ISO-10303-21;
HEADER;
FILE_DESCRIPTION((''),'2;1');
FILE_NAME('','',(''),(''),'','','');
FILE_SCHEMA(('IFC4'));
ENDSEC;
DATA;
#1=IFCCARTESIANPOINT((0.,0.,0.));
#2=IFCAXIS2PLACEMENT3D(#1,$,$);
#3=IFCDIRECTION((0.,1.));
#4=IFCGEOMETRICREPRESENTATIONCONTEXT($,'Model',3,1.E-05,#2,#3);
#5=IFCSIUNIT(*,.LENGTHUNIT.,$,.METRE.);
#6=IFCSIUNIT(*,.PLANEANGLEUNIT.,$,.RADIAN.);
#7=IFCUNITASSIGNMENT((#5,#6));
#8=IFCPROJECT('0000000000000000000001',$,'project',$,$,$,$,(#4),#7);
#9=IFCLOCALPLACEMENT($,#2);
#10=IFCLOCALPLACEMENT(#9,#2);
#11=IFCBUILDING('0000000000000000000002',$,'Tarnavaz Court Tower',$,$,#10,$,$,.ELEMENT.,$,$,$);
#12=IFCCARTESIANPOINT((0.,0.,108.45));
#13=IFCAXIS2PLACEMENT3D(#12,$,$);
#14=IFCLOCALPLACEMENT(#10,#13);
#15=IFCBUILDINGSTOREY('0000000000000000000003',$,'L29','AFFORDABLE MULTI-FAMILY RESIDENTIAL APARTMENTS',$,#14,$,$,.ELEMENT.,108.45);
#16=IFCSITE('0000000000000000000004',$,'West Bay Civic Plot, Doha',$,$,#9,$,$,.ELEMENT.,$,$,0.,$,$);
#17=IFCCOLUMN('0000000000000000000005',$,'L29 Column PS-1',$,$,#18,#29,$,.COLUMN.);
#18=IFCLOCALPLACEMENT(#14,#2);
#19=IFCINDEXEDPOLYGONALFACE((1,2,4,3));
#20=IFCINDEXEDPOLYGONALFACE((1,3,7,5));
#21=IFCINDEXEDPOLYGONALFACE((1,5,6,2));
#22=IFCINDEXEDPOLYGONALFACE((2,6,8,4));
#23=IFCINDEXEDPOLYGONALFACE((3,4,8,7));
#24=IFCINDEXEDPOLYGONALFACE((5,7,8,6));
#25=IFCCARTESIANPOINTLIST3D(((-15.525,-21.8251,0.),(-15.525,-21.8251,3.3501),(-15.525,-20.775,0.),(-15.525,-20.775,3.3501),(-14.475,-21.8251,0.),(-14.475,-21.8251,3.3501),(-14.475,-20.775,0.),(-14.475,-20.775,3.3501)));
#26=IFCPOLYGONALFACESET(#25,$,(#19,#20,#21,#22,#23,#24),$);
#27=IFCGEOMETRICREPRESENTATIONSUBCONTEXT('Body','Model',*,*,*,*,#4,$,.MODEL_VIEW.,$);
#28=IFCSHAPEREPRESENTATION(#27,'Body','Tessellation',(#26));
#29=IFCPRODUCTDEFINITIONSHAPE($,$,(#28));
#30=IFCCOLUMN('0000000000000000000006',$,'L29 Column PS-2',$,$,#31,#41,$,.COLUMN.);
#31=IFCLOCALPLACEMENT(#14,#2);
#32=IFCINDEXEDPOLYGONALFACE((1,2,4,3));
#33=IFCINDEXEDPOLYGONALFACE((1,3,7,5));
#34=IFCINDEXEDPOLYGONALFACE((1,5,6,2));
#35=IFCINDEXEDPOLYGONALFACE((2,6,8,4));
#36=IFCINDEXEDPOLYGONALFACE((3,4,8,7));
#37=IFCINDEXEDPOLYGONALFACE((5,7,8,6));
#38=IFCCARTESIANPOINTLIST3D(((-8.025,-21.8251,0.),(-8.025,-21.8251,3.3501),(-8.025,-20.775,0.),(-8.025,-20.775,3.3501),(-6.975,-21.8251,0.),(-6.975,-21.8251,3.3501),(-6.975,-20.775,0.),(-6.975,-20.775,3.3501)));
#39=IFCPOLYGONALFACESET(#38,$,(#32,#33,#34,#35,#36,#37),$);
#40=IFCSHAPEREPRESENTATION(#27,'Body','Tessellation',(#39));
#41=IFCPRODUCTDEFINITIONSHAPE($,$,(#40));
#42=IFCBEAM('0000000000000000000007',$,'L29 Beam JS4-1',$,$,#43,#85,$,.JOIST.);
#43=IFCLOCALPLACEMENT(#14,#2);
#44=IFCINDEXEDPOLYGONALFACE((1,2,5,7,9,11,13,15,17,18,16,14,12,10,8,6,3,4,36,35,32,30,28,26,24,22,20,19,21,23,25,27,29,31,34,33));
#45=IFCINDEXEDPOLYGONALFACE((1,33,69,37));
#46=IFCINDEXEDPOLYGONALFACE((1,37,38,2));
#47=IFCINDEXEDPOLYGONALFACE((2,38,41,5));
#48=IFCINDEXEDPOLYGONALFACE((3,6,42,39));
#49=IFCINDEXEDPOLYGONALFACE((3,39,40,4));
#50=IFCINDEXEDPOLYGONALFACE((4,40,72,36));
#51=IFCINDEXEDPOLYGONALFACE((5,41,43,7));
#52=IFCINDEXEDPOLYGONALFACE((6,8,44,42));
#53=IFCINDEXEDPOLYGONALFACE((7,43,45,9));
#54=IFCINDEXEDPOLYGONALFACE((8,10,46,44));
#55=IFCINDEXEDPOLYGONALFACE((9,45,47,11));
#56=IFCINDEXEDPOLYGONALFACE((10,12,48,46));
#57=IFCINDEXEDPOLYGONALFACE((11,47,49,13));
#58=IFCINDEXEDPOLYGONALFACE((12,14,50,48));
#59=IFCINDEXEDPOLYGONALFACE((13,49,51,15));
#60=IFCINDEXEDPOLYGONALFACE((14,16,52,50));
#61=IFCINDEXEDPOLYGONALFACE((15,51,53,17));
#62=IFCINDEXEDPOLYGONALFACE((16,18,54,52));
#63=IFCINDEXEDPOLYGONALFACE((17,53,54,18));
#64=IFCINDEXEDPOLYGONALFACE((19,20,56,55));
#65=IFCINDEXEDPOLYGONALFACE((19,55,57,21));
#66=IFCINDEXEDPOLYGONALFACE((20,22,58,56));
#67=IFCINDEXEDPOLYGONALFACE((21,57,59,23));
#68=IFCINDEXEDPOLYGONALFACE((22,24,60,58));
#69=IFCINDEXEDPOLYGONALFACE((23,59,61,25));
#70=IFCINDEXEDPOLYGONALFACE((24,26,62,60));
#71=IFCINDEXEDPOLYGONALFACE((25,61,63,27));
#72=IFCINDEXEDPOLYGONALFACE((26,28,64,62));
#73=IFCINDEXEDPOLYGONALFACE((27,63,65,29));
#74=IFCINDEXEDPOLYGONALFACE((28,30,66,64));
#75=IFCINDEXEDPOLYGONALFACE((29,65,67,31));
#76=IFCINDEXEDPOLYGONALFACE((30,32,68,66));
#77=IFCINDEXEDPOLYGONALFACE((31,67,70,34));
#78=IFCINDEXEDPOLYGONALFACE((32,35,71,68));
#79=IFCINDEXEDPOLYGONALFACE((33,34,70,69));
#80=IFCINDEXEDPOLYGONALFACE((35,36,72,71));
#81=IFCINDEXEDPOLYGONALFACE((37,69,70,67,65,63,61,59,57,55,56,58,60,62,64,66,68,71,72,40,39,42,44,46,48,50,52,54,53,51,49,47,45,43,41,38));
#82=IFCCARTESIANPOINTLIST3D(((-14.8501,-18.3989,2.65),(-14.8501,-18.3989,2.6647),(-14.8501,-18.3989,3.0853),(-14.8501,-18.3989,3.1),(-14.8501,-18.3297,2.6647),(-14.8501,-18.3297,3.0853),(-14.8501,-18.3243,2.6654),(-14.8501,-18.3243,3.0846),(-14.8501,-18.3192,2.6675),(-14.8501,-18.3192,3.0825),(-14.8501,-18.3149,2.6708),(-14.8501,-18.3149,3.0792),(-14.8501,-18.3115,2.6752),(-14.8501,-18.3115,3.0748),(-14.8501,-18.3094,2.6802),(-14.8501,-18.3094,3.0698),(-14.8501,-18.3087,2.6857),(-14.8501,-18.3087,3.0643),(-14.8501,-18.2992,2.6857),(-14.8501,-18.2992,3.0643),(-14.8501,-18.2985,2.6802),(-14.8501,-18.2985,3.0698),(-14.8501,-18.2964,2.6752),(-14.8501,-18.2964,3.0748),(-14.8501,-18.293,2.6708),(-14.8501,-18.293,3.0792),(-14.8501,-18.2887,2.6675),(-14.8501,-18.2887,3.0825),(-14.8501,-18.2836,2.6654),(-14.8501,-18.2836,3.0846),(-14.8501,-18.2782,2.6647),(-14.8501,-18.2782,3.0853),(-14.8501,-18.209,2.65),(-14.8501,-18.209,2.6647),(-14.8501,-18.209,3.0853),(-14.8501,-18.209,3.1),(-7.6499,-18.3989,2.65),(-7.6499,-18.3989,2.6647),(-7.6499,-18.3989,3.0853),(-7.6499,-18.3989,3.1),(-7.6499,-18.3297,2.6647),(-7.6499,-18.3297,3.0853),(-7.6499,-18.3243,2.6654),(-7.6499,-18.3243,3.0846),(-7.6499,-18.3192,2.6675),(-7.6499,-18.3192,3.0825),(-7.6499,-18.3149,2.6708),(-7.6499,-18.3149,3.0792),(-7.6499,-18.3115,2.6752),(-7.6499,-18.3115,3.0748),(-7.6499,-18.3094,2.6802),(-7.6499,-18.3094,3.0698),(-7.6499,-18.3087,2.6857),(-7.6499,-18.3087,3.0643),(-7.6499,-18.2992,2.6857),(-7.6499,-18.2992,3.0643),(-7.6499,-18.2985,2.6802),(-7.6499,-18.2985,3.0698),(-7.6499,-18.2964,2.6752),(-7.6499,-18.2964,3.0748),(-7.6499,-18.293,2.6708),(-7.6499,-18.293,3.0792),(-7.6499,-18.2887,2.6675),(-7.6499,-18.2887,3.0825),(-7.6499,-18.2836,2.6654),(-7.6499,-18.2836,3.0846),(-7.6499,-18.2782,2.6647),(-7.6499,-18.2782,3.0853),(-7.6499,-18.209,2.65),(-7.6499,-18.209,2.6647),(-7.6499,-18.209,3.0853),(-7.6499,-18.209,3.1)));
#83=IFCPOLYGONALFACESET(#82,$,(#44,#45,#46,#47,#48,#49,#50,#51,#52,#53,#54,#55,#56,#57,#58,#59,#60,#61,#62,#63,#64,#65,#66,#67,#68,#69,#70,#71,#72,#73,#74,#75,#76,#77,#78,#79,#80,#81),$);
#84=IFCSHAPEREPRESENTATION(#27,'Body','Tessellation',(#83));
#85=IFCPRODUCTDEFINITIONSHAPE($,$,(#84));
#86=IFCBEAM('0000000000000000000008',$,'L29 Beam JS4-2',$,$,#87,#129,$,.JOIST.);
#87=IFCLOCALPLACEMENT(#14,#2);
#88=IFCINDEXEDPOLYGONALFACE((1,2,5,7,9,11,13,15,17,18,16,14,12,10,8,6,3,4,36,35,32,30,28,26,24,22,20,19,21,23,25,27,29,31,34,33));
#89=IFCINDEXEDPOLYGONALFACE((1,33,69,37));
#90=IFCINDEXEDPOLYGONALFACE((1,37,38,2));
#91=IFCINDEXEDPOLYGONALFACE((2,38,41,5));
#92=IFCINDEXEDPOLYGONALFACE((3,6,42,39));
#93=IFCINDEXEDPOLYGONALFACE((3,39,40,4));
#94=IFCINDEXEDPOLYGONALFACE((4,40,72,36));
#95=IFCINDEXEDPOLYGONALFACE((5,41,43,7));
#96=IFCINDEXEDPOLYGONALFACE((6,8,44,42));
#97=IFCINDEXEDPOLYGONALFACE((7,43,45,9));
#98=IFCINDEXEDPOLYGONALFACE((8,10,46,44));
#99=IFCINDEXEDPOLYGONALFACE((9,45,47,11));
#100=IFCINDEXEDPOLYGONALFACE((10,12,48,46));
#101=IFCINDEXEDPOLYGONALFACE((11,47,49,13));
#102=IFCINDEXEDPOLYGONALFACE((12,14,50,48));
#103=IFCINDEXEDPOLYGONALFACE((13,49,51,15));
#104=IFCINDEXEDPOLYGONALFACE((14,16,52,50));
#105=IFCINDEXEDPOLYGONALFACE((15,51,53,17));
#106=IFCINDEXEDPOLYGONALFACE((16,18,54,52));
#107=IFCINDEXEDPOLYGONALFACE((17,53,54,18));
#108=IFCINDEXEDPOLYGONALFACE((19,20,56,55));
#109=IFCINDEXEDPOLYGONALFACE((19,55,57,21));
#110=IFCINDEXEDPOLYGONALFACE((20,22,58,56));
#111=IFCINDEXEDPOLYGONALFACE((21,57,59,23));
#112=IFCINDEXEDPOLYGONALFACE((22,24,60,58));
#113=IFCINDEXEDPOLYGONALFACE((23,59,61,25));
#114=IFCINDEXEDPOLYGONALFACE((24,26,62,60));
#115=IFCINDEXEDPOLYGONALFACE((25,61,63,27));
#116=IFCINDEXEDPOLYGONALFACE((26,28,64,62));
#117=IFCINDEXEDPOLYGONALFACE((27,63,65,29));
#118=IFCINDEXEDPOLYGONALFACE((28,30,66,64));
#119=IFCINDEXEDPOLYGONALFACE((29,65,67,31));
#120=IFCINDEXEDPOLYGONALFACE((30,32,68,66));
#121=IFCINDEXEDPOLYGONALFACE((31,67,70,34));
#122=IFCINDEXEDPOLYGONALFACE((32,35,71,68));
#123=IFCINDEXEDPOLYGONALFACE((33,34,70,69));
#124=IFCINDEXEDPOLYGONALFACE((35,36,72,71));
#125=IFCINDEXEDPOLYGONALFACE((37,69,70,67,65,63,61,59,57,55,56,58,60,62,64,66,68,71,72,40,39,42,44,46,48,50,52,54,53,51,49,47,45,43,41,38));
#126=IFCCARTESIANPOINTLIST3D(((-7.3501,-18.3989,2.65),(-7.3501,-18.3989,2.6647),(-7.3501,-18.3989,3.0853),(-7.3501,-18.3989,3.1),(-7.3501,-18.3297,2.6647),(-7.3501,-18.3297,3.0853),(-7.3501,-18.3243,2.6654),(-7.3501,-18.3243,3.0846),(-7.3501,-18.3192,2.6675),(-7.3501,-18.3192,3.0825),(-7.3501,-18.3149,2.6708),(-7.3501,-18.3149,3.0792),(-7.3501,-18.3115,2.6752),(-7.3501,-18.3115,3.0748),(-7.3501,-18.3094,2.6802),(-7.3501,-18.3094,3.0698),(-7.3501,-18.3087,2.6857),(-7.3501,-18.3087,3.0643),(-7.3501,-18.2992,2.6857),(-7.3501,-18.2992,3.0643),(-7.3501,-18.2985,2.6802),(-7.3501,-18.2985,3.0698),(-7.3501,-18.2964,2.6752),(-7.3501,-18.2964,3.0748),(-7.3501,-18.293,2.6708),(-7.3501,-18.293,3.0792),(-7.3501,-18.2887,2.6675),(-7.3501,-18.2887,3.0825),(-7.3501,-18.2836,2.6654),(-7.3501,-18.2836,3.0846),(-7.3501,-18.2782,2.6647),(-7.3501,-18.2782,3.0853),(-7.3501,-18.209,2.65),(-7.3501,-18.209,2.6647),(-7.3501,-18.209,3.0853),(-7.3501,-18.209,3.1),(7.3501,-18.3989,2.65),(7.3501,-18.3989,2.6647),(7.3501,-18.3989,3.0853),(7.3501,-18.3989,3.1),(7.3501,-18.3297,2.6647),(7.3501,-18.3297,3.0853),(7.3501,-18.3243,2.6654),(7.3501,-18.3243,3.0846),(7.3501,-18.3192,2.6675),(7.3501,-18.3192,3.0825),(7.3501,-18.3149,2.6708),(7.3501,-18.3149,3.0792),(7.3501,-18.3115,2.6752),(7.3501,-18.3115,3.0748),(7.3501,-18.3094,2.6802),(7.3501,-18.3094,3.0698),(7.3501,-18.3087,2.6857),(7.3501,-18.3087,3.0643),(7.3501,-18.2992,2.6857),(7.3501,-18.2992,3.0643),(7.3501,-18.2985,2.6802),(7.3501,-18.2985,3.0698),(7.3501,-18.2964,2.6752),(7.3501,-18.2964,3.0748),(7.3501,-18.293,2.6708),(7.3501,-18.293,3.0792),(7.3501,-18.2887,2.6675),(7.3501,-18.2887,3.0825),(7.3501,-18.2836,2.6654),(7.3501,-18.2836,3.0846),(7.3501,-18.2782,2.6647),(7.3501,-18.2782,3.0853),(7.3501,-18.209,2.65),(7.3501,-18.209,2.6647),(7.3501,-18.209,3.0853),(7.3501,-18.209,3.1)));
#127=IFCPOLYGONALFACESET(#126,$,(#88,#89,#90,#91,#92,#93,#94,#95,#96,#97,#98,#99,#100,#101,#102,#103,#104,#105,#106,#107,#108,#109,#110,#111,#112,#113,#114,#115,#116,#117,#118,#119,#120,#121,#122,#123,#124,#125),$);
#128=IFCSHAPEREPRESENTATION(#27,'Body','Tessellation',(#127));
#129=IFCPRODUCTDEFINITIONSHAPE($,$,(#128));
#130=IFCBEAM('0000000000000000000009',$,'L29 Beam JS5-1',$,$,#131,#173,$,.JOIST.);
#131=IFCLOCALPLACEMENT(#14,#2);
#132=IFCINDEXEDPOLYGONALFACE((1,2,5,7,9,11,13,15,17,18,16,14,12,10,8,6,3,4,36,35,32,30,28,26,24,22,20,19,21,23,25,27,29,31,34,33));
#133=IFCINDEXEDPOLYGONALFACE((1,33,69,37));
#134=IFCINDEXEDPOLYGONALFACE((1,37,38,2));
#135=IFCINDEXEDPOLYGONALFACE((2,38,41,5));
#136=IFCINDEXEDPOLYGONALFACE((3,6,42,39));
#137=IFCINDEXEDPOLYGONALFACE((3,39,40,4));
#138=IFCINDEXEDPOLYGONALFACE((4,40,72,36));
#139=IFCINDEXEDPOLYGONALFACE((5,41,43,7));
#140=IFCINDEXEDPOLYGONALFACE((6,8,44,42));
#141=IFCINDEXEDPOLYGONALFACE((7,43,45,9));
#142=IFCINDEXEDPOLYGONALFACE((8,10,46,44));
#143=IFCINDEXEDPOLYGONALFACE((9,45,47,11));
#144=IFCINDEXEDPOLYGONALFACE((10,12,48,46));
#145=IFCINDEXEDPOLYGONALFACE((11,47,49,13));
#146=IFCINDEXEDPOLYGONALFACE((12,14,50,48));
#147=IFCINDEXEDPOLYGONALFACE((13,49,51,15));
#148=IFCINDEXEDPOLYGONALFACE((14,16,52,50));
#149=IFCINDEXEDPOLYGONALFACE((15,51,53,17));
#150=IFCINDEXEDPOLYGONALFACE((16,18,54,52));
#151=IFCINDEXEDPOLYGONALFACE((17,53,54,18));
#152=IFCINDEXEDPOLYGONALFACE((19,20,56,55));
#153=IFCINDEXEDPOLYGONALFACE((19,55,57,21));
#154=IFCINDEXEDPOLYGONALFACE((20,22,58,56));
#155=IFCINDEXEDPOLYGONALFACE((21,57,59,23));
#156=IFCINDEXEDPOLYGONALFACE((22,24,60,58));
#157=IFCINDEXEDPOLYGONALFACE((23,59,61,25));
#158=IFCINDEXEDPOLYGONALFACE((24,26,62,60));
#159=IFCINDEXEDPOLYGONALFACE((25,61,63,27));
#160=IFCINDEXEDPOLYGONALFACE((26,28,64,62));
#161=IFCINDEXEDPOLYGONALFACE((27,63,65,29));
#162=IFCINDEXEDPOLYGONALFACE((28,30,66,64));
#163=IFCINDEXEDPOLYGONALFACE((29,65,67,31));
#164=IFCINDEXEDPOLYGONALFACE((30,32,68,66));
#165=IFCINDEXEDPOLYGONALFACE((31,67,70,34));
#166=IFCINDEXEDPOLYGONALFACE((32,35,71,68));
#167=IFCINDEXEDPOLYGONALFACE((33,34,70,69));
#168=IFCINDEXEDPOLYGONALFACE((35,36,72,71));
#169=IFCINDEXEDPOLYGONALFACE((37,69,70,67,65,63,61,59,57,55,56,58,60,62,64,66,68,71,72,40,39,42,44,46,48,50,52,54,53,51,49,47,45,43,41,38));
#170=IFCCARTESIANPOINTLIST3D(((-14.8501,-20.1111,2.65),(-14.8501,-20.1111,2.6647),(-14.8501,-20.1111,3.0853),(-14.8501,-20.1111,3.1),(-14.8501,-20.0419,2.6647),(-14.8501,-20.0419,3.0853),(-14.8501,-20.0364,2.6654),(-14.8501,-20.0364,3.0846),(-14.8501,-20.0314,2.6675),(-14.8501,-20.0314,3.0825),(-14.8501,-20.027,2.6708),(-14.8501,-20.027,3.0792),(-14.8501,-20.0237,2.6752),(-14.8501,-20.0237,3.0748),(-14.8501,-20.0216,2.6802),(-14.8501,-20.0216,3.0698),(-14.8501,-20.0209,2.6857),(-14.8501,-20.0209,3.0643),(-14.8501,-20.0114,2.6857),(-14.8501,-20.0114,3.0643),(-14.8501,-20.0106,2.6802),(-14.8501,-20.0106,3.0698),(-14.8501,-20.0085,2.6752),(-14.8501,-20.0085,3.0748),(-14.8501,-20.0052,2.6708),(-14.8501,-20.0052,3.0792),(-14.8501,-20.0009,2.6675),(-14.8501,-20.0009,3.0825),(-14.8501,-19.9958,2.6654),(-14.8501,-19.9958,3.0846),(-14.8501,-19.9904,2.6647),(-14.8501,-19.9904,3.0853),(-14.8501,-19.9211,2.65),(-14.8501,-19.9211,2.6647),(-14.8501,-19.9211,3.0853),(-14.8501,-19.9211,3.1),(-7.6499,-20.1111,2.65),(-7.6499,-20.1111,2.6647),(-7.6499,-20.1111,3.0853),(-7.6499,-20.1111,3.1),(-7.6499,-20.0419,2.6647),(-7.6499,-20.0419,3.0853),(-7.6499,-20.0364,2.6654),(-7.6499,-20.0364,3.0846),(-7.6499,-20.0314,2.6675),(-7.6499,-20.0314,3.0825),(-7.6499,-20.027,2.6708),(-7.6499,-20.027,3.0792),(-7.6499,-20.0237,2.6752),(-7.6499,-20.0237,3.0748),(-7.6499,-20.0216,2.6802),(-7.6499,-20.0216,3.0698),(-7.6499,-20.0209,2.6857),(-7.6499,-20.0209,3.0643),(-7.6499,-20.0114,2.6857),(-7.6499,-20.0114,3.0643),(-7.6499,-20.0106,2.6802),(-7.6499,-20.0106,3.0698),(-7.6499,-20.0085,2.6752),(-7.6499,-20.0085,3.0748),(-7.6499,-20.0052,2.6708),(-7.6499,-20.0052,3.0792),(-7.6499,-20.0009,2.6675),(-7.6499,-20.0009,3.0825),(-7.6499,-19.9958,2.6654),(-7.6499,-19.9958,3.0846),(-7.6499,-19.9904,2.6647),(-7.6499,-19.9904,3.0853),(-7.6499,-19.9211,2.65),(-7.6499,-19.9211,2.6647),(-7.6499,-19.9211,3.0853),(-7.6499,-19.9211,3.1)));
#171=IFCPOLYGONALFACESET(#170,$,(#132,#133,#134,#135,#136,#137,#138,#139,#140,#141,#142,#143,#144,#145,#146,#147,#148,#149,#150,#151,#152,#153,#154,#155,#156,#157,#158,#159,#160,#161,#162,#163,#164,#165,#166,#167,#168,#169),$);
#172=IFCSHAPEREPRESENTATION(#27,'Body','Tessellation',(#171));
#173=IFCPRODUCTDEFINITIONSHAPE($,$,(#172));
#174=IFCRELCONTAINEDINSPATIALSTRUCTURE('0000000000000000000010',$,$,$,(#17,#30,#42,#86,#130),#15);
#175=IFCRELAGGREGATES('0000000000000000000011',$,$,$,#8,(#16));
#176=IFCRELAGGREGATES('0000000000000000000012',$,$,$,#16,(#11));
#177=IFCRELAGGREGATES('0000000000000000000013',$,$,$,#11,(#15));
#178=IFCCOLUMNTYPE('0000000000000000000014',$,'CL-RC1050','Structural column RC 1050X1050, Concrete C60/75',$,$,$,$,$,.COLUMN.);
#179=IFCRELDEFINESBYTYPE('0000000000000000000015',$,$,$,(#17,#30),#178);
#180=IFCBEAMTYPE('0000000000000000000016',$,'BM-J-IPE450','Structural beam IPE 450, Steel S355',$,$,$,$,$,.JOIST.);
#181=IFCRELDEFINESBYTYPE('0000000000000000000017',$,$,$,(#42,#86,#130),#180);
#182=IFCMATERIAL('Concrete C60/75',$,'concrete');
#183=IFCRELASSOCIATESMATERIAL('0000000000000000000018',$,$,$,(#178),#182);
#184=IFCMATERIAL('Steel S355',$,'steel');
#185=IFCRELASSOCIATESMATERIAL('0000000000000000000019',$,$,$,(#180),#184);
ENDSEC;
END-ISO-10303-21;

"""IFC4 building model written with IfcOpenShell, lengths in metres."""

from ifc_helpers import new_model, si_unit, direction, frame, origin, origin_2d, place, context, subcontext, project, spatial, rectangle, i_section, extrude, material, material_profile, profile_set, type_object, element, save


model = new_model("IFC4")

# Units and contexts
model_context = context("Model", 3, precision=1e-05, world=origin(), true_north=direction((0.0, 1.0)))
body_context = subcontext(model_context, "Body", "Model", "MODEL_VIEW")
ifc_project = project(units=[si_unit("LENGTHUNIT", "METRE"), si_unit("PLANEANGLEUNIT", "RADIAN")], contexts=[model_context])

# Site, building, storey
site_placement = place(None, origin())
site = spatial("IfcSite", under=ifc_project, at=site_placement, Name="West Bay Civic Plot, Doha", CompositionType="ELEMENT", RefElevation=0.0)
building_placement = place(site_placement, origin())
building = spatial("IfcBuilding", under=site, at=building_placement, Name="Tarnavaz Court Tower", CompositionType="ELEMENT")
storey_placement = place(building_placement, frame((0.0, 0.0, 108.45)))
storey = spatial("IfcBuildingStorey", under=building, at=storey_placement, Name="L29", Description="AFFORDABLE MULTI-FAMILY RESIDENTIAL APARTMENTS", CompositionType="ELEMENT", Elevation=108.45)

# Columns
ifc_material_1 = material(Name="Concrete C60/75", Category="concrete")
ifc_material_profile_1 = material_profile(ifc_material_1, rectangle(XDim=1.05, YDim=1.05, at=origin_2d()), Name="RC 1050X1050")
ifc_profile_set_1 = profile_set([ifc_material_profile_1], Name="Concrete C60/75")
column_type = type_object("IfcColumnType", Name="CL-RC1050", Description="Structural column RC 1050X1050, Concrete C60/75", PredefinedType="COLUMN", material=ifc_profile_set_1)
for number, where, z_axis, x_axis, name in (
    (1, (-15.0, -21.3, 0.0), (0.0, 0.0, 1.0), (1.0, 0.0, 0.0), "L29 Column PS-1"),
    (2, (-7.5, -21.3, 0.0), (0.0, 0.0, 1.0), (1.0, 0.0, 0.0), "L29 Column PS-2"),
):
    element("IfcColumn", number, at=place(storey_placement, frame(where, z_axis=z_axis, x_axis=x_axis)), inside=storey, type_object=column_type, Name=name, PredefinedType="COLUMN", context=body_context, shape_type="SweptSolid", body=[
        extrude(rectangle(XDim=1.05, YDim=1.05, at=origin_2d()), origin(), (0.0, 0.0, 1.0), 3.3501),
    ])

# Beams
ifc_material_2 = material(Name="Steel S355", Category="steel")
ifc_material_profile_2 = material_profile(ifc_material_2, i_section(OverallWidth=0.1899, OverallDepth=0.45, WebThickness=0.0095, FlangeThickness=0.0146, FilletRadius=0.021, at=origin_2d()), Name="IPE 450")
ifc_profile_set_2 = profile_set([ifc_material_profile_2], Name="Steel S355")
beam_type_1 = type_object("IfcBeamType", Name="BM-J-IPE450", Description="Structural beam IPE 450, Steel S355", PredefinedType="JOIST", material=ifc_profile_set_2)
beam_1_placement = place(storey_placement, frame((-14.8501, -18.304, 2.875), z_axis=(1.0, 0.0, 0.0), x_axis=(0.0, 1.0, 0.0)))
element("IfcBeam", 3, at=beam_1_placement, inside=storey, type_object=beam_type_1, Name="L29 Beam JS4-1", PredefinedType="JOIST", context=body_context, shape_type="SweptSolid", body=[
    extrude(i_section(OverallWidth=0.1899, OverallDepth=0.45, WebThickness=0.0095, FlangeThickness=0.0146, FilletRadius=0.021, at=origin_2d()), origin(), (0.0, 0.0, 1.0), 7.2002),
])
beam_2_placement = place(storey_placement, frame((-7.3501, -18.304, 2.875), z_axis=(1.0, 0.0, 0.0), x_axis=(0.0, 1.0, 0.0)))
element("IfcBeam", 4, at=beam_2_placement, inside=storey, type_object=beam_type_1, Name="L29 Beam JS4-2", PredefinedType="JOIST", context=body_context, shape_type="SweptSolid", body=[
    extrude(i_section(OverallWidth=0.1899, OverallDepth=0.45, WebThickness=0.0095, FlangeThickness=0.0146, FilletRadius=0.021, at=origin_2d()), origin(), (0.0, 0.0, 1.0), 14.7002),
])
beam_3_placement = place(storey_placement, frame((-14.8501, -20.0161, 2.875), z_axis=(1.0, 0.0, 0.0), x_axis=(0.0, 1.0, 0.0)))
element("IfcBeam", 5, at=beam_3_placement, inside=storey, type_object=beam_type_1, Name="L29 Beam JS5-1", PredefinedType="JOIST", context=body_context, shape_type="SweptSolid", body=[
    extrude(i_section(OverallWidth=0.1899, OverallDepth=0.45, WebThickness=0.0095, FlangeThickness=0.0146, FilletRadius=0.021, at=origin_2d()), origin(), (0.0, 0.0, 1.0), 7.2002),
])

save(model, "model.ifc")
